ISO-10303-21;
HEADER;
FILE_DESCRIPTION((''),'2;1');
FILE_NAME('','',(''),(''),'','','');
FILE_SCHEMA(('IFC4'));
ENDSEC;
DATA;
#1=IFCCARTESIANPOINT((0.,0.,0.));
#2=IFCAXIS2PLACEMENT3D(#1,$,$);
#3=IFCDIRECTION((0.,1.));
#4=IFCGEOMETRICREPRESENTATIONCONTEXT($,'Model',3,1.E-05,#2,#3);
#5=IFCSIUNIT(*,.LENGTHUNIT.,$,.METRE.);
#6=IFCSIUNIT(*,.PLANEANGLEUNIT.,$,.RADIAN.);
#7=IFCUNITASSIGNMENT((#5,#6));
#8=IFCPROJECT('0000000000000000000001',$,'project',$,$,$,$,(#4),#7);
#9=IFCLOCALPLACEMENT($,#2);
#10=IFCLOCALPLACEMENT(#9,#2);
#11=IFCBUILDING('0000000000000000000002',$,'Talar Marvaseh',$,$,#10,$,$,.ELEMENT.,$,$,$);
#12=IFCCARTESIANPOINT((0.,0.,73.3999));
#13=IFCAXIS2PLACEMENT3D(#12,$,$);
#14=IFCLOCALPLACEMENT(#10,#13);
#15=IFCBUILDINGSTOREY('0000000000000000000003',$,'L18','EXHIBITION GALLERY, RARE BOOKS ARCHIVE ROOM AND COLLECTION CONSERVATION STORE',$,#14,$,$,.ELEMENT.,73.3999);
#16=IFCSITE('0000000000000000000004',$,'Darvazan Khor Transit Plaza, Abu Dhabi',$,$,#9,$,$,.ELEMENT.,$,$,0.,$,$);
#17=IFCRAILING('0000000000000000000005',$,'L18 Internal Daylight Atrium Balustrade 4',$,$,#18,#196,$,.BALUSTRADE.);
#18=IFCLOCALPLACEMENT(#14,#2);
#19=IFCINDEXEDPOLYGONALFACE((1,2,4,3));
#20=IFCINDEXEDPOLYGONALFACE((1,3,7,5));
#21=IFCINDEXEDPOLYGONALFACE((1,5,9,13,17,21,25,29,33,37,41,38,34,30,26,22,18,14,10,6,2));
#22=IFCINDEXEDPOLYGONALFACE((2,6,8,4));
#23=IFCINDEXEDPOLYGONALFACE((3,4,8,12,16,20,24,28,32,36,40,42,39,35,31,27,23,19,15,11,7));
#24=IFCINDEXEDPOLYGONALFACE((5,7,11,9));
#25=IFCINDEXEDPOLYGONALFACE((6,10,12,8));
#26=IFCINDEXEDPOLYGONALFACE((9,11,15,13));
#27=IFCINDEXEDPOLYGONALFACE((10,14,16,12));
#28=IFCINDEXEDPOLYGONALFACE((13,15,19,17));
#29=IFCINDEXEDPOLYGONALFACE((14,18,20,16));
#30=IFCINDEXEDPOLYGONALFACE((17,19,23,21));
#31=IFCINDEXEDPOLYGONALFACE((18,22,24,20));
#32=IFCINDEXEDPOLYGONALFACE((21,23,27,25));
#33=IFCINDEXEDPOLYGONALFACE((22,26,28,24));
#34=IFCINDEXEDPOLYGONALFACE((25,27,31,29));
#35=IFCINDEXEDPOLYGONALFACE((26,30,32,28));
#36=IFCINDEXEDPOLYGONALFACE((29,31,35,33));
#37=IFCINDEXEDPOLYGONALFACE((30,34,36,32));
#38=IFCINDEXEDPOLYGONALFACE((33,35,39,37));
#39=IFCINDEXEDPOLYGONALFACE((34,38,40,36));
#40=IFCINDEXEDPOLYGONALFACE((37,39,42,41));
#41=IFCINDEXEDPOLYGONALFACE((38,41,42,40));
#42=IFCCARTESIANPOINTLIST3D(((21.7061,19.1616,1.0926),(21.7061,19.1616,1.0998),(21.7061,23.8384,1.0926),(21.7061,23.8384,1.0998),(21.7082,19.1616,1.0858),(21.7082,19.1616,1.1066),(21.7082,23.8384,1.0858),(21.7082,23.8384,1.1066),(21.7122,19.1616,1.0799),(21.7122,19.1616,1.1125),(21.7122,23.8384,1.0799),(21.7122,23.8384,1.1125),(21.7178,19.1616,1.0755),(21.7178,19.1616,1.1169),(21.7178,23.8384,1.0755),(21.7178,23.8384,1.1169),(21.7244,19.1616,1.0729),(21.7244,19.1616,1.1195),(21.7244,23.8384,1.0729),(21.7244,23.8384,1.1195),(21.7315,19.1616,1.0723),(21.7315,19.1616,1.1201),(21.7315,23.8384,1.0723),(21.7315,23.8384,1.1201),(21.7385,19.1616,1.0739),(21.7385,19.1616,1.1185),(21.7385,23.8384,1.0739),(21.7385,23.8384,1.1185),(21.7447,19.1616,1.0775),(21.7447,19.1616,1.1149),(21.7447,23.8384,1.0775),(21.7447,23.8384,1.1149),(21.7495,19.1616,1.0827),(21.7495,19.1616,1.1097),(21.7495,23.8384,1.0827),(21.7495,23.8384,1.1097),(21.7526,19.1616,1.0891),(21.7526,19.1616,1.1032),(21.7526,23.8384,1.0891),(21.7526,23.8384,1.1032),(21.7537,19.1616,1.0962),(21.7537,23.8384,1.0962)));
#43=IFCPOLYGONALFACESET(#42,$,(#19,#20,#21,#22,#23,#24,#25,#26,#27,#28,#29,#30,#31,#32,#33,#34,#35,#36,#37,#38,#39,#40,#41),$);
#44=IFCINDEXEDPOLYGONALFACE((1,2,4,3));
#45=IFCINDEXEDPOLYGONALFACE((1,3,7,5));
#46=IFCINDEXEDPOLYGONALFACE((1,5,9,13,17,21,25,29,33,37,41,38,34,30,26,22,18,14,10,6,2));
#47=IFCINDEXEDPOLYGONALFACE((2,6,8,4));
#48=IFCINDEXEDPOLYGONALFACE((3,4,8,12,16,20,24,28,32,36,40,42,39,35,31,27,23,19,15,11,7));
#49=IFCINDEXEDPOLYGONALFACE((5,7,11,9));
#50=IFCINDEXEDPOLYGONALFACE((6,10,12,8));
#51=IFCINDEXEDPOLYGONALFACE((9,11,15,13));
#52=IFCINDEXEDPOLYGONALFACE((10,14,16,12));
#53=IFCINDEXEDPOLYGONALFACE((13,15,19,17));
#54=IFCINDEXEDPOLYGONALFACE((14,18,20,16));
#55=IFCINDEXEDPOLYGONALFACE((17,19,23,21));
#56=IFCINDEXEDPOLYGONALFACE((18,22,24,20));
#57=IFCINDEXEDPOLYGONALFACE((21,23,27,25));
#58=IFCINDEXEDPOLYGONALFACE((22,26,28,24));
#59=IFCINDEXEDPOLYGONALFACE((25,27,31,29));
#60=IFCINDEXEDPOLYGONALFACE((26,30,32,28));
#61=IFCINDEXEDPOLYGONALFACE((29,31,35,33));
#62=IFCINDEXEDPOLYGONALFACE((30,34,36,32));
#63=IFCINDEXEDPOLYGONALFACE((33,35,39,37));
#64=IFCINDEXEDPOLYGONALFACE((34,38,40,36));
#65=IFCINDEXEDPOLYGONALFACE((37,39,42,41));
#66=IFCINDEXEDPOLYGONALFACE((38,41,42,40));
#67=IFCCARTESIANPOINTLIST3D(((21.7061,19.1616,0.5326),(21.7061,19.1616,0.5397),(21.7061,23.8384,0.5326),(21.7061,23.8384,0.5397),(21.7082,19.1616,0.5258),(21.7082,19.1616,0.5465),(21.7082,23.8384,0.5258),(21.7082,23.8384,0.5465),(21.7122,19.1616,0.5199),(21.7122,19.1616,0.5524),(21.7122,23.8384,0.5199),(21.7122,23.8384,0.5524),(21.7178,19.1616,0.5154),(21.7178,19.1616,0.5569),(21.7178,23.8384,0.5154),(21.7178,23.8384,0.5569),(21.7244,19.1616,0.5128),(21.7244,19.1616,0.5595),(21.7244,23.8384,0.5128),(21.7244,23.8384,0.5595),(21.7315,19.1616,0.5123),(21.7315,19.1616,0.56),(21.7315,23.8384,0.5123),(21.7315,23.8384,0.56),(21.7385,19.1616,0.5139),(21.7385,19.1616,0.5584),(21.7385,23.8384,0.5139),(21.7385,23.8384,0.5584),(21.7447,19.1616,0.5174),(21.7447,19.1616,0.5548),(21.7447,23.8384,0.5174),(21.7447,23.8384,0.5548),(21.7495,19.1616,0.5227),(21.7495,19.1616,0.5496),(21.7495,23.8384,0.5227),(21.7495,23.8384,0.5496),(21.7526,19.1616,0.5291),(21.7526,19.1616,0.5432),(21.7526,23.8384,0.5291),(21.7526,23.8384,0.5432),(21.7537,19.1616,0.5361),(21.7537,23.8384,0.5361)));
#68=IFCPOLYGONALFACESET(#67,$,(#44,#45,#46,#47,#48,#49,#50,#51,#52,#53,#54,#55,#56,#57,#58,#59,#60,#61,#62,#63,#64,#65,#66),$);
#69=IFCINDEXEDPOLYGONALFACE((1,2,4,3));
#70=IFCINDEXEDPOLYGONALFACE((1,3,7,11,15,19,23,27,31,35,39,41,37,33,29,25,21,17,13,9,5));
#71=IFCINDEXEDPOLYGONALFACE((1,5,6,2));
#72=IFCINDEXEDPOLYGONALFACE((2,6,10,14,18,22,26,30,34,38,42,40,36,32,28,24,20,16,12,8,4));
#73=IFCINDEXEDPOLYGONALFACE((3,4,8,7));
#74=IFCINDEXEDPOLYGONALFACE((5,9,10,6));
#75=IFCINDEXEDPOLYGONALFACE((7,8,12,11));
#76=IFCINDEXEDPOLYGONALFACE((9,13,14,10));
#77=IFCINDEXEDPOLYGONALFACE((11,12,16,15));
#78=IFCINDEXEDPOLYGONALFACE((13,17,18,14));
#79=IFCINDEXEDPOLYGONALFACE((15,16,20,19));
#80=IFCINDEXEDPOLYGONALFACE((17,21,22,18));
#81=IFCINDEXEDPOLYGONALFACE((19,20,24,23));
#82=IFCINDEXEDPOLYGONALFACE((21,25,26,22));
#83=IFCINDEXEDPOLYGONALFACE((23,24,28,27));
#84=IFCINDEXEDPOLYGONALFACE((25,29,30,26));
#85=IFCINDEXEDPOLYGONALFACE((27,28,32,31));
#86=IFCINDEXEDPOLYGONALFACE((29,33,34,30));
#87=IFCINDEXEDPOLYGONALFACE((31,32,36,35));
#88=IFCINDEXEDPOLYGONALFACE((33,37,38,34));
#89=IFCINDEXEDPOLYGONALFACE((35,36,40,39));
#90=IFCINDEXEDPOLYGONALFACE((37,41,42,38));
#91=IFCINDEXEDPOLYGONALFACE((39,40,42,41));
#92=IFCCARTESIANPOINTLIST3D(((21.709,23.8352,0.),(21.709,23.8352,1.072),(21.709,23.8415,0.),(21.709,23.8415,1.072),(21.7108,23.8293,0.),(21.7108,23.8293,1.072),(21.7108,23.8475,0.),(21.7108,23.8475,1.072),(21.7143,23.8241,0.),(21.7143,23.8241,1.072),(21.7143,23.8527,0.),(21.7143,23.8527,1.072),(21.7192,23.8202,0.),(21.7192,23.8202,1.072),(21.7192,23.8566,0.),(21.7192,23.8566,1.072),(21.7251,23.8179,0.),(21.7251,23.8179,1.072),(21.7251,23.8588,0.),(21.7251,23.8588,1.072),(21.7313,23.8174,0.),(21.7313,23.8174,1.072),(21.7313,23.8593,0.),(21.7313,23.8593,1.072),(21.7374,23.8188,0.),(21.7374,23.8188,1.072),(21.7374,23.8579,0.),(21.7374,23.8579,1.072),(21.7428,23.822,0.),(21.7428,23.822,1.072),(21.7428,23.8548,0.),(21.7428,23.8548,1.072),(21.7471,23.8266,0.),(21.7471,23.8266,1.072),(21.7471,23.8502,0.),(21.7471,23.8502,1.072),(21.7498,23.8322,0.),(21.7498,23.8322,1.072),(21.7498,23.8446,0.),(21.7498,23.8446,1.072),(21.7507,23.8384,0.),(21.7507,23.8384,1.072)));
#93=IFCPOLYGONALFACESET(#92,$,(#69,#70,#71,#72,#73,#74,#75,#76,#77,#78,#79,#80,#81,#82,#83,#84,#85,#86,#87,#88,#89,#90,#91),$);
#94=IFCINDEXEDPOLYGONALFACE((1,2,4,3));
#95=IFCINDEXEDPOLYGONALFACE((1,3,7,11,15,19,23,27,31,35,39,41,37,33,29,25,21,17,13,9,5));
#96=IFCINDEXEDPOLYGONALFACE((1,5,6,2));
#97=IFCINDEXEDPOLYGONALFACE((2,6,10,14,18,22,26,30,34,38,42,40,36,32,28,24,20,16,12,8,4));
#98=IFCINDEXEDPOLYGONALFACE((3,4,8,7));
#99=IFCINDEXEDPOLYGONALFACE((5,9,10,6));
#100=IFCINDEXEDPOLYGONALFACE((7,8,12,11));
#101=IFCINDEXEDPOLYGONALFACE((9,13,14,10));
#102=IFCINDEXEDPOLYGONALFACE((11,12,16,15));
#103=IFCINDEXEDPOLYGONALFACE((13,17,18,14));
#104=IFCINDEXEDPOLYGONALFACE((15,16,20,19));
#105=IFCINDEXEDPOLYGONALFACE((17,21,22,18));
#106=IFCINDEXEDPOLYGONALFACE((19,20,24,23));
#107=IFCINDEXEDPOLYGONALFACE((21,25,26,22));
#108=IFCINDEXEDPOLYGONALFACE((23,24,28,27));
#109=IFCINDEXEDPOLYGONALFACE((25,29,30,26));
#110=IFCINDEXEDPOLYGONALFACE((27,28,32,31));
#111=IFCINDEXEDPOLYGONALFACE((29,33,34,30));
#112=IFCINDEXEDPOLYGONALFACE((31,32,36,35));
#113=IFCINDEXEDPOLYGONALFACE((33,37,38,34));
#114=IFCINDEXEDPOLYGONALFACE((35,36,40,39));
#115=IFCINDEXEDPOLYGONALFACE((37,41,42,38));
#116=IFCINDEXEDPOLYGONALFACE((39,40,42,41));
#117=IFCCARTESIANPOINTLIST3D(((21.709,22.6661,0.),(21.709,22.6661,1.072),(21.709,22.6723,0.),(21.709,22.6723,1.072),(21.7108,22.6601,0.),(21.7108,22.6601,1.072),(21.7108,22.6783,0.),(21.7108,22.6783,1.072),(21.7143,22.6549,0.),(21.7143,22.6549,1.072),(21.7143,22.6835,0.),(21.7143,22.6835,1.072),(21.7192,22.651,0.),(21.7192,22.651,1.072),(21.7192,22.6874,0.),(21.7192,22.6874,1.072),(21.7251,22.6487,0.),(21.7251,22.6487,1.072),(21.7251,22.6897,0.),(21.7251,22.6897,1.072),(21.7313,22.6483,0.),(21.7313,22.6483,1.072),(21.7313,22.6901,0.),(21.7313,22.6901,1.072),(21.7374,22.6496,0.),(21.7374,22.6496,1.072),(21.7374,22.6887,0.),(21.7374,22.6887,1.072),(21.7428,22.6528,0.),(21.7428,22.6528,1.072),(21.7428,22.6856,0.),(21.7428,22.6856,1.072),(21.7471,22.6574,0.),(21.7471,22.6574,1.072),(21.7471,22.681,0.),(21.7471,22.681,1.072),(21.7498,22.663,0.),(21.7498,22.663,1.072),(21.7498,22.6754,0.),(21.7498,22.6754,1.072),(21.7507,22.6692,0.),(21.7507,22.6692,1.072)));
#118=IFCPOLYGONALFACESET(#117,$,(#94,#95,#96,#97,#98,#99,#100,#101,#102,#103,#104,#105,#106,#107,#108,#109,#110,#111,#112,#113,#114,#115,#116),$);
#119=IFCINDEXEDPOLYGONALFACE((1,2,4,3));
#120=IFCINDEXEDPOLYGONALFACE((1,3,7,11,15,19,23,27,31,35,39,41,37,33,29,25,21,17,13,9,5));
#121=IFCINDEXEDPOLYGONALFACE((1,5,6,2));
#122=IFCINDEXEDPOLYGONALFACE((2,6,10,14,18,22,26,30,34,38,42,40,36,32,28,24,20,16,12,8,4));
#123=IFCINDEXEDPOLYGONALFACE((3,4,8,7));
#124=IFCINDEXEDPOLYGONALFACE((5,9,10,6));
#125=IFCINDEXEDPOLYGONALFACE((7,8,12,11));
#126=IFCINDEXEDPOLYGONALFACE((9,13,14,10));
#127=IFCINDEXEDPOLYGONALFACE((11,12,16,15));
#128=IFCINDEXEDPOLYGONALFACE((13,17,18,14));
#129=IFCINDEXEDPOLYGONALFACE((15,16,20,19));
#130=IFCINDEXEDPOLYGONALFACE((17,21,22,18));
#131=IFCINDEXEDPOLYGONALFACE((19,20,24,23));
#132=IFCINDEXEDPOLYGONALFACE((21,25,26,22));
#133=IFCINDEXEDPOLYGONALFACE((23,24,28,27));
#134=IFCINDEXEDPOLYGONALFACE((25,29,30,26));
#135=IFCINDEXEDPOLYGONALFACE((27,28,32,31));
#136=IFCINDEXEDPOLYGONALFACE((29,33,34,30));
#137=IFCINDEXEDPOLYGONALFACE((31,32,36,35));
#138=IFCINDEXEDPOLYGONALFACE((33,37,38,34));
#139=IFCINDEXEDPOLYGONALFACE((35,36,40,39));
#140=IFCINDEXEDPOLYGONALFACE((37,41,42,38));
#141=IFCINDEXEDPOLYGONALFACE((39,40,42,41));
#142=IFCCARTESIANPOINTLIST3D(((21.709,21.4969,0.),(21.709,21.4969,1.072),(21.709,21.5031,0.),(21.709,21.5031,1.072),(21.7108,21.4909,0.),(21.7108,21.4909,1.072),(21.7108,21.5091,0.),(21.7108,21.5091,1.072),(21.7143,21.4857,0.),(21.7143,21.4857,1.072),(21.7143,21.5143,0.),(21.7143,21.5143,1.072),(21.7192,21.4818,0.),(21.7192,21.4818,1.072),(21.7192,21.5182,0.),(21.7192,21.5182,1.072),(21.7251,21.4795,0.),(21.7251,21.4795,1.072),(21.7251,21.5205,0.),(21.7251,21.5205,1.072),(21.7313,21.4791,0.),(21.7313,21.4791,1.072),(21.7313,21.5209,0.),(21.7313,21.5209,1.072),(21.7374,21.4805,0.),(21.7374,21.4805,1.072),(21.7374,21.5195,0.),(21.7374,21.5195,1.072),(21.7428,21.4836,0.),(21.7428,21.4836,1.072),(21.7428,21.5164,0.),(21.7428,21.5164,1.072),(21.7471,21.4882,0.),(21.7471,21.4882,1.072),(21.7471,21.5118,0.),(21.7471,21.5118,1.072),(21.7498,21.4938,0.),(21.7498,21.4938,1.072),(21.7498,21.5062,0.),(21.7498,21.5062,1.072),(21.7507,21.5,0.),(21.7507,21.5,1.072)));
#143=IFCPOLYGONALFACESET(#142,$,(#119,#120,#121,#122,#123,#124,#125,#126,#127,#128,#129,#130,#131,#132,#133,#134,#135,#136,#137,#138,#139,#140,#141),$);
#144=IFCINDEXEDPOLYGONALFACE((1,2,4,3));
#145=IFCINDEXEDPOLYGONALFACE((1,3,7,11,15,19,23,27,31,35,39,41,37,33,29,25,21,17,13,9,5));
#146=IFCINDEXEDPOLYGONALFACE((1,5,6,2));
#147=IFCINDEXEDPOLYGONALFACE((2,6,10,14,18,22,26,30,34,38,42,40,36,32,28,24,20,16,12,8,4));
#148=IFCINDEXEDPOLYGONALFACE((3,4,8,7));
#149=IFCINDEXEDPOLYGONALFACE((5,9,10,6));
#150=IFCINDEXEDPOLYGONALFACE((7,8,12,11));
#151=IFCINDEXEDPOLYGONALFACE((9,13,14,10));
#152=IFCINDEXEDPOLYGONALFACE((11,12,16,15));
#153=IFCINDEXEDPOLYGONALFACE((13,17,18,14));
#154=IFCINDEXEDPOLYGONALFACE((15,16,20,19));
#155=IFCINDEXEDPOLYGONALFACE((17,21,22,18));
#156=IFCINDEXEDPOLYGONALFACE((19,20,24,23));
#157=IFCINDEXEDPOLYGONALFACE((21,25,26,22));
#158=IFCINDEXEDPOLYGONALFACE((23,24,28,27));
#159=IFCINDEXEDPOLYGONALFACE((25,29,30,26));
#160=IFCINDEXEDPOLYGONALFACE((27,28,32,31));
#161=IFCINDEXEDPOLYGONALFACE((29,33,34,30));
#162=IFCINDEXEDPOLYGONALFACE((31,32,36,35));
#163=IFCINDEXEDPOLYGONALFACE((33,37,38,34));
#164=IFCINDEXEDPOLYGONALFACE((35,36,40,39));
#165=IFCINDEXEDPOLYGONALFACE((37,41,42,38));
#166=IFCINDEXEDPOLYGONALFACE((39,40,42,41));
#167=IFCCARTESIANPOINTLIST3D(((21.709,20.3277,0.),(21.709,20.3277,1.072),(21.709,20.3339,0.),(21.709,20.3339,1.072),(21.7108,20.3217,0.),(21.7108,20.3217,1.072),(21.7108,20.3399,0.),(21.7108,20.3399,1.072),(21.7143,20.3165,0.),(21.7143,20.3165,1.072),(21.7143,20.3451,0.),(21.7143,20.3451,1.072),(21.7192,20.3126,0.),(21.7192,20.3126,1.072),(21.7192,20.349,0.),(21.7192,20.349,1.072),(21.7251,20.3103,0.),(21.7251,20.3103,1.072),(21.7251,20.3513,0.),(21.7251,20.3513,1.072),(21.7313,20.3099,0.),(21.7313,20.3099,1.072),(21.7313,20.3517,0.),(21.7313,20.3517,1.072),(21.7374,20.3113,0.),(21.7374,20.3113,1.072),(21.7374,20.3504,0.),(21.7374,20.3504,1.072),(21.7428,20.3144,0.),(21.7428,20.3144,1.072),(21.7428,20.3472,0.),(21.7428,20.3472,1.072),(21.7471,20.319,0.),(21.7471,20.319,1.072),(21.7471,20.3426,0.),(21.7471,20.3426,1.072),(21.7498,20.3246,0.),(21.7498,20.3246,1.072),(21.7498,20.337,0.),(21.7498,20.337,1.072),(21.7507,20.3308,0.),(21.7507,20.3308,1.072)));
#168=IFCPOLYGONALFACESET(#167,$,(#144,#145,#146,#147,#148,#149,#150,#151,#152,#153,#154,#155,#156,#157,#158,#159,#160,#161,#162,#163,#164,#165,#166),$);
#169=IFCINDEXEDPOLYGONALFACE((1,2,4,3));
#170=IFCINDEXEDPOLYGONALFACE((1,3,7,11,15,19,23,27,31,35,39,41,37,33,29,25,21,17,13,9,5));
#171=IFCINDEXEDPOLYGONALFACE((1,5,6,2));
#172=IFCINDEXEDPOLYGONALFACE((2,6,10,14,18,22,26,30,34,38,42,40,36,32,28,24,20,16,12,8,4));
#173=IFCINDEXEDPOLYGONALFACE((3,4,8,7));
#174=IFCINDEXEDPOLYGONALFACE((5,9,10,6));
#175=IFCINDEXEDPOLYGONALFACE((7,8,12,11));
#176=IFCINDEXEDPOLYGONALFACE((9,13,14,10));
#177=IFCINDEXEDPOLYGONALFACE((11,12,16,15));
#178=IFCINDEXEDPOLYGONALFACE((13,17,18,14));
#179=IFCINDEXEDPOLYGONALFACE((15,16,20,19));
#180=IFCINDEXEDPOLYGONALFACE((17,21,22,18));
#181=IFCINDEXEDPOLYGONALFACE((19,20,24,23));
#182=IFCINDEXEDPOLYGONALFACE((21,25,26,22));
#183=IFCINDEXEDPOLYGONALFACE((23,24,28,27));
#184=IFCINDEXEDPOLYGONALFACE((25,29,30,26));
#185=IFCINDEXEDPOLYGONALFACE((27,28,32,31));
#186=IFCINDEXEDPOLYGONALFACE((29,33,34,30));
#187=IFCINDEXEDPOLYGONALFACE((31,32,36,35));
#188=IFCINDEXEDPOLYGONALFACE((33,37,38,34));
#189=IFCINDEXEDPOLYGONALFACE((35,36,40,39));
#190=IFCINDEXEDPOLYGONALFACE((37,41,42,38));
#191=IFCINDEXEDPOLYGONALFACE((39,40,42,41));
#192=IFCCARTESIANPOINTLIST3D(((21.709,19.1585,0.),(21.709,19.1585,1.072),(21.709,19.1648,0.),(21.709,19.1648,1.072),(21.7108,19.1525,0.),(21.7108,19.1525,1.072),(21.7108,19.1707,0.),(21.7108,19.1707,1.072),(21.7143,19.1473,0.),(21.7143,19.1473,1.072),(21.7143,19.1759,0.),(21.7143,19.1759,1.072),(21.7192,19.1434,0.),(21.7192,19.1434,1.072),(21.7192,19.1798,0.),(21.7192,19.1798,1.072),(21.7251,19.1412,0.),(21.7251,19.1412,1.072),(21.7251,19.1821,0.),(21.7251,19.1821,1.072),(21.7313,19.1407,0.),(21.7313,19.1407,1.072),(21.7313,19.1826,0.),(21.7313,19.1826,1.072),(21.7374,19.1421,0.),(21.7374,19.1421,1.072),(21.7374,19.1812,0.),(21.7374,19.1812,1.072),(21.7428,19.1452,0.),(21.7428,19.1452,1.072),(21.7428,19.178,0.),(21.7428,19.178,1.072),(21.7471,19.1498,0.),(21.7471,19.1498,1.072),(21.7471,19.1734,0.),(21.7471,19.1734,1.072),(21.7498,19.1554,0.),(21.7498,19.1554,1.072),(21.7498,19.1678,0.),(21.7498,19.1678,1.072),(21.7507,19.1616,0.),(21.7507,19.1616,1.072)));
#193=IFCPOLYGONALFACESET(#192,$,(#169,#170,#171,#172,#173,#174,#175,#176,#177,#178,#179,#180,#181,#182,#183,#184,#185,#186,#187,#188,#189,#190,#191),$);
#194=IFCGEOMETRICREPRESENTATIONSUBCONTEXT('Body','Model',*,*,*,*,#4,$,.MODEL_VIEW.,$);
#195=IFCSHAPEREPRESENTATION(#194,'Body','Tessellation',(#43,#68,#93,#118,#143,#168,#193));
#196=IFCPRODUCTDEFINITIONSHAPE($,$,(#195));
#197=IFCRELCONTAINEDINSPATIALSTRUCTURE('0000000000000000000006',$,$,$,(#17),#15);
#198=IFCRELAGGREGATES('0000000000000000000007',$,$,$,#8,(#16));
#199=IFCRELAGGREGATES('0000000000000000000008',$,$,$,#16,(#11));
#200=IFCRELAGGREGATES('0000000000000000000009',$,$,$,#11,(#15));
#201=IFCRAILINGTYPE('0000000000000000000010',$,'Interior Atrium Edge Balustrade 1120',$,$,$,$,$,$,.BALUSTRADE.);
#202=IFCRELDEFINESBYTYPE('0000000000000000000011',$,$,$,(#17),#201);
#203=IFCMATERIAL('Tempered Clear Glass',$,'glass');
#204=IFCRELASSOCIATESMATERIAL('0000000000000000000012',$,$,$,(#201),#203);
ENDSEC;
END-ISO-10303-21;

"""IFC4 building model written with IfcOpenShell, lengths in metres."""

from ifc_helpers import new_model, si_unit, direction, frame, origin, origin_2d, place, context, subcontext, project, spatial, circle, extrude, material, type_object, element, save


model = new_model("IFC4")

# Units and contexts
model_context = context("Model", 3, precision=1e-05, world=origin(), true_north=direction((0.0, 1.0)))
body_context = subcontext(model_context, "Body", "Model", "MODEL_VIEW")
ifc_project = project(units=[si_unit("LENGTHUNIT", "METRE"), si_unit("PLANEANGLEUNIT", "RADIAN")], contexts=[model_context])

# Site, building, storey
site_placement = place(None, origin())
site = spatial("IfcSite", under=ifc_project, at=site_placement, Name="Darvazan Khor Transit Plaza, Abu Dhabi", CompositionType="ELEMENT", RefElevation=0.0)
building_placement = place(site_placement, origin())
building = spatial("IfcBuilding", under=site, at=building_placement, Name="Talar Marvaseh", CompositionType="ELEMENT")
storey_placement = place(building_placement, frame((0.0, 0.0, 73.3999)))
storey = spatial("IfcBuildingStorey", under=building, at=storey_placement, Name="L18", Description="EXHIBITION GALLERY, RARE BOOKS ARCHIVE ROOM AND COLLECTION CONSERVATION STORE", CompositionType="ELEMENT", Elevation=73.3999)

# Railing
ifc_material_1 = material(Name="Tempered Clear Glass", Category="glass")
railing_type_1 = type_object("IfcRailingType", Name="Interior Atrium Edge Balustrade 1120", PredefinedType="BALUSTRADE", material=ifc_material_1)
railing_1_placement = place(storey_placement, frame((21.7297, 23.8384, 0.0)))
element("IfcRailing", 1, at=railing_1_placement, inside=storey, type_object=railing_type_1, Name="L18 Internal Daylight Atrium Balustrade 4", PredefinedType="BALUSTRADE", context=body_context, shape_type="SweptSolid", body=[
    extrude(circle(Radius=0.0239, at=origin_2d()), frame((0.0, 0.0, 1.0962), z_axis=(0.0, -1.0, 0.0), x_axis=(1.0, 0.0, 0.0)), (0.0, 0.0, 1.0), 4.6768),
    extrude(circle(Radius=0.0239, at=origin_2d()), frame((0.0, 0.0, 0.5361), z_axis=(0.0, -1.0, 0.0), x_axis=(1.0, 0.0, 0.0)), (0.0, 0.0, 1.0), 4.6768),
    extrude(circle(Radius=0.021, at=origin_2d()), origin(), (0.0, 0.0, 1.0), 1.072),
    extrude(circle(Radius=0.021, at=origin_2d()), frame((0.0, -1.1692, 0.0)), (0.0, 0.0, 1.0), 1.072),
    extrude(circle(Radius=0.021, at=origin_2d()), frame((0.0, -2.3384, 0.0)), (0.0, 0.0, 1.0), 1.072),
    extrude(circle(Radius=0.021, at=origin_2d()), frame((0.0, -3.5076, 0.0)), (0.0, 0.0, 1.0), 1.072),
    extrude(circle(Radius=0.021, at=origin_2d()), frame((0.0, -4.6768, 0.0)), (0.0, 0.0, 1.0), 1.072),
])

save(model, "model.ifc")
